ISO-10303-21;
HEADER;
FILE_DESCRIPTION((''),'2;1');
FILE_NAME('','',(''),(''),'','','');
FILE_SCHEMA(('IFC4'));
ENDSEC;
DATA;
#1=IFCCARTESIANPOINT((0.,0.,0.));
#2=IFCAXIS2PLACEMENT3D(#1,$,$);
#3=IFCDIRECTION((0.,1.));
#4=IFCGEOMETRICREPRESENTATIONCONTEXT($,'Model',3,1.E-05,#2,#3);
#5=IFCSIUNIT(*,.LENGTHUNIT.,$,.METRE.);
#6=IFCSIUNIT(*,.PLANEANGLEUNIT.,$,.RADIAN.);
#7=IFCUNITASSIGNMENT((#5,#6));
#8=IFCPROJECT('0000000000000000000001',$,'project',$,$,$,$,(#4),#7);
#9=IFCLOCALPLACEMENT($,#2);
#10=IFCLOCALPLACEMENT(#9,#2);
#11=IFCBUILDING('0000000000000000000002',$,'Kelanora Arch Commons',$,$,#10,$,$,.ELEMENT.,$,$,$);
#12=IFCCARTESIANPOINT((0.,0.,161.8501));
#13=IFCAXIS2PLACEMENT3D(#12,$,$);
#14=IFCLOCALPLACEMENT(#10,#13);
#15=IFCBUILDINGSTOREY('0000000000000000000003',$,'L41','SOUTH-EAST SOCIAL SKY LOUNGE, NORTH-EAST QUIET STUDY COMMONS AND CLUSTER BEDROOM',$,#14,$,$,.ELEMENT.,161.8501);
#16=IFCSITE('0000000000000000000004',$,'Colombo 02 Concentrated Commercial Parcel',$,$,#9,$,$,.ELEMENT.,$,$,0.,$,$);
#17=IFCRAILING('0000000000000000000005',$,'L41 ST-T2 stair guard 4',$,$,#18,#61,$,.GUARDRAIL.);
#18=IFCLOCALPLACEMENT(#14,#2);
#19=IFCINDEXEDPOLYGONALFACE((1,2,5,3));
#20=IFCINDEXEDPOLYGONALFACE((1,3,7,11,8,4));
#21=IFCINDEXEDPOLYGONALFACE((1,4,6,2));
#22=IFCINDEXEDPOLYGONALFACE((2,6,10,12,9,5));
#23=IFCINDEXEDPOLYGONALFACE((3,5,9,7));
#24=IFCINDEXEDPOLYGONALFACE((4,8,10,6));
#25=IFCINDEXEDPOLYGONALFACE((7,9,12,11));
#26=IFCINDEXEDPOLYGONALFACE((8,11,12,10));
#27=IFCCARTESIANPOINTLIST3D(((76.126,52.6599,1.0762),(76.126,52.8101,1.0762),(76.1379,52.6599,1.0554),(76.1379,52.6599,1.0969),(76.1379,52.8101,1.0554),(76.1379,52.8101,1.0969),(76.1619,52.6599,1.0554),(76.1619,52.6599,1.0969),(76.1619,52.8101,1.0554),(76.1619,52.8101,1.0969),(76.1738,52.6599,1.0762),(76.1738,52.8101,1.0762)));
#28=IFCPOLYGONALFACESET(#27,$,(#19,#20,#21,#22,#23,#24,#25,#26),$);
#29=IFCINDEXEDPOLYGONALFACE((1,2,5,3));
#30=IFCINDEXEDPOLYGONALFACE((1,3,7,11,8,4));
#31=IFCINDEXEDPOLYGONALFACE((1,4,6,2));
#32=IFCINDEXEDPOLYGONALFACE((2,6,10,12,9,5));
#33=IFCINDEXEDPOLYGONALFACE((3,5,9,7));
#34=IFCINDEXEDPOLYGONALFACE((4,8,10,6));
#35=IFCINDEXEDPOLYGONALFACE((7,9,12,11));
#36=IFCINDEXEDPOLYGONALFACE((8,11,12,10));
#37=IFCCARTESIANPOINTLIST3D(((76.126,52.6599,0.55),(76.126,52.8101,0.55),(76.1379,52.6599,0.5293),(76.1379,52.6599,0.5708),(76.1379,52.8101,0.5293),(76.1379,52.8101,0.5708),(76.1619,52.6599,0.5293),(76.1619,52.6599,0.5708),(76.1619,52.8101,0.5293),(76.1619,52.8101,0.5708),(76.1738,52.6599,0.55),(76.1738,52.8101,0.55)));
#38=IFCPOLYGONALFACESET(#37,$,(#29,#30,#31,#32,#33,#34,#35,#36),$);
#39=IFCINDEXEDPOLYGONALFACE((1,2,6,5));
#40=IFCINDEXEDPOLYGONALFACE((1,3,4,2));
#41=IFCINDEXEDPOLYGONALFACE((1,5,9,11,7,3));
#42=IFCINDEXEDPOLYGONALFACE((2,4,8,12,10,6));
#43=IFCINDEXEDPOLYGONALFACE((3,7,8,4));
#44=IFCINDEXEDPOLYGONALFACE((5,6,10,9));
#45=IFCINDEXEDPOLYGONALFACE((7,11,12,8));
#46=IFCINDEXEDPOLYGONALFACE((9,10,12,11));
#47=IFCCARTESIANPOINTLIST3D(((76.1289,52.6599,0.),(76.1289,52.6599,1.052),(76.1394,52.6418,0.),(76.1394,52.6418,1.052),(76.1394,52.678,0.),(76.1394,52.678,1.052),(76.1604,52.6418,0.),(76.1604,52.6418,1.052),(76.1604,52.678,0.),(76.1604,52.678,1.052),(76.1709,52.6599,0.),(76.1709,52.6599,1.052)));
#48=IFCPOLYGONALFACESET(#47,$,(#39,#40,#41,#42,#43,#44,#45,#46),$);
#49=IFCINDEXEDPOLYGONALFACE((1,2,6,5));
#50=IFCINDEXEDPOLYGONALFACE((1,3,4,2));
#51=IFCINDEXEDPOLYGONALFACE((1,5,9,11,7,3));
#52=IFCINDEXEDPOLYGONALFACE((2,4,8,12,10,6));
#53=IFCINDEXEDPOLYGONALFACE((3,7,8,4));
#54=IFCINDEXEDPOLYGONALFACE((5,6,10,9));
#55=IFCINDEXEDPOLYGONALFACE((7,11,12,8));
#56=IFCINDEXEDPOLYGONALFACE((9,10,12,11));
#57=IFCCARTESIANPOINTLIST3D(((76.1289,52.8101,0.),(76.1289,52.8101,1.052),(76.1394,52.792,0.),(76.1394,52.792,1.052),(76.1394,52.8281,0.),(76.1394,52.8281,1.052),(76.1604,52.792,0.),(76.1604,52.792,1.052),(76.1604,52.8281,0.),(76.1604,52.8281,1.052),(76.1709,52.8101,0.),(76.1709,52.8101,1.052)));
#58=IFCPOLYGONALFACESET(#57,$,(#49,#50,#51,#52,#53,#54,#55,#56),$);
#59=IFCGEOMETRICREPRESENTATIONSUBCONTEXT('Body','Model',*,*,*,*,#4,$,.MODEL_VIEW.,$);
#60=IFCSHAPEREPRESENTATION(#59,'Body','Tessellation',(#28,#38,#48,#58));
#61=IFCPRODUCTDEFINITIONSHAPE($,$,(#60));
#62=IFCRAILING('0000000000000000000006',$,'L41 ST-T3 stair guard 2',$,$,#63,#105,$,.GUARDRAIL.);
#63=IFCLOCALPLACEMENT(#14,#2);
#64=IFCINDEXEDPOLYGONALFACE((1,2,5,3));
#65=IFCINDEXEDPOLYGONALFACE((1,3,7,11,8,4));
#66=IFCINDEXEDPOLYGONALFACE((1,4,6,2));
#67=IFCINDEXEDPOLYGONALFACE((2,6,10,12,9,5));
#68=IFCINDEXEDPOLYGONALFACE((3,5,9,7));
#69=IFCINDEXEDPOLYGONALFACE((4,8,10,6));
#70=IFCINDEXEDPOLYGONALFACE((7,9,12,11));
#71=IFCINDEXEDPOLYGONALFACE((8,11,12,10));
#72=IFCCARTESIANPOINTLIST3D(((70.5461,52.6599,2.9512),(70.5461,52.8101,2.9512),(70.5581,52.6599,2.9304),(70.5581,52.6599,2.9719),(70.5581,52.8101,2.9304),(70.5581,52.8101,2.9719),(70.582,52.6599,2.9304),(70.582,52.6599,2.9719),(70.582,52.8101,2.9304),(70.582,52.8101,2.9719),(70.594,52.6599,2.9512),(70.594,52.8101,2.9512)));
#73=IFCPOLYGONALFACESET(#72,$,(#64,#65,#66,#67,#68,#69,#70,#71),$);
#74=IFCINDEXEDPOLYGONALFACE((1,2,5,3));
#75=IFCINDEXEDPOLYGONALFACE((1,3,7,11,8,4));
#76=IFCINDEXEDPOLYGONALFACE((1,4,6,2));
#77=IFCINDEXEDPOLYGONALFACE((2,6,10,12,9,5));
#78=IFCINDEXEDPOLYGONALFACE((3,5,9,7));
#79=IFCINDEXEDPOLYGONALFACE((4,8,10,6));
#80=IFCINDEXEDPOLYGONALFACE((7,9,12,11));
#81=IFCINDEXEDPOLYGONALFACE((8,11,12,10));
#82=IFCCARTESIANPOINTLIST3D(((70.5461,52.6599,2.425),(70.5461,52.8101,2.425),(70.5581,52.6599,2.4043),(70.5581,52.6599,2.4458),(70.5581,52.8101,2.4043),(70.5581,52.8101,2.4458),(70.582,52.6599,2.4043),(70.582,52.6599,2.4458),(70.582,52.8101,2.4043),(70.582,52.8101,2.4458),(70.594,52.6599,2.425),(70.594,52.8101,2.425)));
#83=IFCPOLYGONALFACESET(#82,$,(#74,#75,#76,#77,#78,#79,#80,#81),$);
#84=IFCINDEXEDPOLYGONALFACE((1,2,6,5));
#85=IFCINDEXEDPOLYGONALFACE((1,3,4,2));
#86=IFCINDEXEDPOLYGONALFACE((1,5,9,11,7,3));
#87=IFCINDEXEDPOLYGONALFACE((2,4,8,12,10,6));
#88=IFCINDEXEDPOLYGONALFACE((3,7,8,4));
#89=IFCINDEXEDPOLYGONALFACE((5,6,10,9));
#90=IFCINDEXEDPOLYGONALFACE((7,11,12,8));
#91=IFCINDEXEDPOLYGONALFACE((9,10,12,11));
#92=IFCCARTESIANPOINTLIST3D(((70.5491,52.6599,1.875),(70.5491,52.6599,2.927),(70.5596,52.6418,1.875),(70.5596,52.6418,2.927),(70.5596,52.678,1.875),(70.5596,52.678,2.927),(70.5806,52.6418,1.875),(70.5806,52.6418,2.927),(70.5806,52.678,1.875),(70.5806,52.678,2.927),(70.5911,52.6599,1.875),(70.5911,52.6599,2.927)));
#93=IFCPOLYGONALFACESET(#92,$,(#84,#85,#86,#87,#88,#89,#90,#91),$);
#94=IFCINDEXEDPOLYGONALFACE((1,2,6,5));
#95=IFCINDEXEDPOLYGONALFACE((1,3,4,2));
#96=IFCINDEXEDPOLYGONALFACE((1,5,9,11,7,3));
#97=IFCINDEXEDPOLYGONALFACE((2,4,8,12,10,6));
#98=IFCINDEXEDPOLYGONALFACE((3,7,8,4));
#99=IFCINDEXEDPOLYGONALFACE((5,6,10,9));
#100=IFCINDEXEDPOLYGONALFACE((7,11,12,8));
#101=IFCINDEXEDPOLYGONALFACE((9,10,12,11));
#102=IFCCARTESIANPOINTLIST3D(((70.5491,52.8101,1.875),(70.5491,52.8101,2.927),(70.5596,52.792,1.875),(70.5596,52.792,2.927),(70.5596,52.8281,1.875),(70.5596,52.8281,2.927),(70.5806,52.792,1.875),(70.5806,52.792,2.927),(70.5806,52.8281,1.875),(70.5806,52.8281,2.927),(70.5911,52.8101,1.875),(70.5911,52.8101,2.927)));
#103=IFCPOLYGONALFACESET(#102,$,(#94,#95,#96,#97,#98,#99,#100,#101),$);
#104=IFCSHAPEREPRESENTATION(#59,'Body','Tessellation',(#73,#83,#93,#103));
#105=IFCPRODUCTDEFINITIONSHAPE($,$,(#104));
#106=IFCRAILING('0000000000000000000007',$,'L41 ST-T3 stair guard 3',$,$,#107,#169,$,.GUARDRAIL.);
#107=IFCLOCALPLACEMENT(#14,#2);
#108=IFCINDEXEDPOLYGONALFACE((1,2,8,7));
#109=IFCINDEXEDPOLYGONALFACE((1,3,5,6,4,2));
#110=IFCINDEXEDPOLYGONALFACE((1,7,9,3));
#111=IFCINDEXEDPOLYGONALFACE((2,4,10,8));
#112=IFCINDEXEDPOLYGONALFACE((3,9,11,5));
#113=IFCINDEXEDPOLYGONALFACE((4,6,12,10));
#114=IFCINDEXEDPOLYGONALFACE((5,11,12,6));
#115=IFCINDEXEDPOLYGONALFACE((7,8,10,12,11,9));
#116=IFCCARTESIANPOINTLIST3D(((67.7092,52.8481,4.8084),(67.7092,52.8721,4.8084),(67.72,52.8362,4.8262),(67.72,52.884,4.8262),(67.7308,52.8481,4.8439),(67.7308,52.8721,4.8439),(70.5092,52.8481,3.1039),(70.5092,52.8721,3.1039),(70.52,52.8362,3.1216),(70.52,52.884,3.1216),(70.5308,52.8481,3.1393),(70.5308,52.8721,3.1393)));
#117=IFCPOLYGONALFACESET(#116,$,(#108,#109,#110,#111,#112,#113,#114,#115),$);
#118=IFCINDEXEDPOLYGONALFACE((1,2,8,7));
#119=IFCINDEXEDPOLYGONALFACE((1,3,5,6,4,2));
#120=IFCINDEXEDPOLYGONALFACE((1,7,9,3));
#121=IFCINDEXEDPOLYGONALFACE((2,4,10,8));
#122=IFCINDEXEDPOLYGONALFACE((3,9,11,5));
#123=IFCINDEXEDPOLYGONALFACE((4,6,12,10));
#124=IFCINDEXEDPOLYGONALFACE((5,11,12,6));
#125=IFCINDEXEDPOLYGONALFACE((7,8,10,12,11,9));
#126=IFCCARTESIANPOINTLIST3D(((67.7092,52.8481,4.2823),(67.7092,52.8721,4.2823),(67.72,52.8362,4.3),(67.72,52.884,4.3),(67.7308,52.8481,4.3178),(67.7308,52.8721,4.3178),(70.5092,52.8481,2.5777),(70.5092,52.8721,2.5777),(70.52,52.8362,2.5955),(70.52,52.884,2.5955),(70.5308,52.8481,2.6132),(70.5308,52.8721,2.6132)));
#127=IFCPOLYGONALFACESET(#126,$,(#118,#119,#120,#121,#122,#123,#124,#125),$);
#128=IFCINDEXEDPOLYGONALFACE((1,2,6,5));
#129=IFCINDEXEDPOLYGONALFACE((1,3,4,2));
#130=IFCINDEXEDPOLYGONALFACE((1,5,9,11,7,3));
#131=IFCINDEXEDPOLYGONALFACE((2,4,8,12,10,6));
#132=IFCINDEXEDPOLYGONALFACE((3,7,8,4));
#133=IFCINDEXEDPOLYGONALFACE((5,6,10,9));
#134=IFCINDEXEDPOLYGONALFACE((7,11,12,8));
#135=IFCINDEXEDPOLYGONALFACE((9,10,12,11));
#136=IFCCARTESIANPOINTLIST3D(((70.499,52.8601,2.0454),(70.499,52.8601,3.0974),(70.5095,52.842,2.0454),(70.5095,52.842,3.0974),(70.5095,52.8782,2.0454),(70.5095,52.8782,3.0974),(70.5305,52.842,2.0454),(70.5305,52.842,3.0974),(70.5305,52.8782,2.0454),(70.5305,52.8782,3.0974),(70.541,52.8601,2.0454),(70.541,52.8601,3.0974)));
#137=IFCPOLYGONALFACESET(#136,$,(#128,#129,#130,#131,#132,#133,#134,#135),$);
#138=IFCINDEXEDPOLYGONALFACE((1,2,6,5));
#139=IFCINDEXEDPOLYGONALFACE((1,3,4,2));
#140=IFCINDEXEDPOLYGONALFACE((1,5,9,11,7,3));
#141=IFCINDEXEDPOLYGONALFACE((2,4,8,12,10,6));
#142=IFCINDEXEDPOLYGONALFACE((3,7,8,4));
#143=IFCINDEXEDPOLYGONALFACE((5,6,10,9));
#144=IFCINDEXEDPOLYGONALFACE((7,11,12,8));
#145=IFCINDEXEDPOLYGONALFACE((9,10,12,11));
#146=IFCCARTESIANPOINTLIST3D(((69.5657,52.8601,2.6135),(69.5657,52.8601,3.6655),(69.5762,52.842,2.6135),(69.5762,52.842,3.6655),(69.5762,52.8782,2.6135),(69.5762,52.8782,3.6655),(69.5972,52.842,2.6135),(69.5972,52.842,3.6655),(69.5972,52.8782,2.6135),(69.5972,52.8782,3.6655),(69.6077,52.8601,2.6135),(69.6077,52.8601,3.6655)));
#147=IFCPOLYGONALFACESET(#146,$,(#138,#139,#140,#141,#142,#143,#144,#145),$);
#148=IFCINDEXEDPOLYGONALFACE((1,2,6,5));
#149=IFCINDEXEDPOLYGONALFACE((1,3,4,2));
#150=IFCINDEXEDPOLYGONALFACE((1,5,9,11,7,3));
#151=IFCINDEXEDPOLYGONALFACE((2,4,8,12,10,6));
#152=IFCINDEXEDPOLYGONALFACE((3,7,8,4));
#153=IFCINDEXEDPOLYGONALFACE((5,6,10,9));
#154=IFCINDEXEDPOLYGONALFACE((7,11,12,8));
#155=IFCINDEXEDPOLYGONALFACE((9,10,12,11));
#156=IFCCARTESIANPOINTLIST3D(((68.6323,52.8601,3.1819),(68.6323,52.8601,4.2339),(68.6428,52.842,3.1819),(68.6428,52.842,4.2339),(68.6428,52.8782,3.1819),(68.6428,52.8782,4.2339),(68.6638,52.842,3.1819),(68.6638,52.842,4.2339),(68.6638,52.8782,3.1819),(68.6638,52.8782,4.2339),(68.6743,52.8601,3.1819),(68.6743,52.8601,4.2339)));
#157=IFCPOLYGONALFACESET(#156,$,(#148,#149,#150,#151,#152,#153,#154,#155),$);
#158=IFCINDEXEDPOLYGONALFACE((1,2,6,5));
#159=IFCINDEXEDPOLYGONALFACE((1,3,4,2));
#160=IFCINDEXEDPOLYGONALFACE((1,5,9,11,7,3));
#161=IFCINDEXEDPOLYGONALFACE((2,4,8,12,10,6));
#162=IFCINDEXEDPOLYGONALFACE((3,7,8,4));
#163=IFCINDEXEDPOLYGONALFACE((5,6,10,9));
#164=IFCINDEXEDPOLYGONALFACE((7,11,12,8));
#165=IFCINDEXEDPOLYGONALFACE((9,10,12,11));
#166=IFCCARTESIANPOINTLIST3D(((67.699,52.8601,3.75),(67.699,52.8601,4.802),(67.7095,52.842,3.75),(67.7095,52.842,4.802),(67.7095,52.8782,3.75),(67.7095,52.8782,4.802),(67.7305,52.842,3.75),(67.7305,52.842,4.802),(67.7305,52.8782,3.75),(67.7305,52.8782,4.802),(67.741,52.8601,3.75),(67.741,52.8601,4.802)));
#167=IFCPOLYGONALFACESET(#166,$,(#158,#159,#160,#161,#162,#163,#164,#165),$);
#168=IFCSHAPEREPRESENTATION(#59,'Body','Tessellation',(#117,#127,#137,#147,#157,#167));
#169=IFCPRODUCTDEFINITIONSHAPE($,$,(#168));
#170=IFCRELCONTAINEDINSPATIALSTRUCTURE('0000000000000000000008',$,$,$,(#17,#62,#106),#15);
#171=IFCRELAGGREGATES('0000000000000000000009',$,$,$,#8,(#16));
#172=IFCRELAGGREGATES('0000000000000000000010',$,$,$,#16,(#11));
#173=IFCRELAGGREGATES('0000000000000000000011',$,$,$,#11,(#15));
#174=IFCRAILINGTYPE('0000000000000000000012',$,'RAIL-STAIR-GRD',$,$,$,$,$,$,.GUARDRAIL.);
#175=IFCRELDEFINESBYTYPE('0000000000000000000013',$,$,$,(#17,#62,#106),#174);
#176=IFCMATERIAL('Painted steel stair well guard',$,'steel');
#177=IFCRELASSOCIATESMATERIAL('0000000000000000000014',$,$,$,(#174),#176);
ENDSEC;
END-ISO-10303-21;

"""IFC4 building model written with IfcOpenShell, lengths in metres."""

from ifc_helpers import new_model, si_unit, direction, frame, origin, place, context, subcontext, project, spatial, polyline, outline, extrude, material, type_object, element, save


model = new_model("IFC4")

# Units and contexts
model_context = context("Model", 3, precision=1e-05, world=origin(), true_north=direction((0.0, 1.0)))
body_context = subcontext(model_context, "Body", "Model", "MODEL_VIEW")
ifc_project = project(units=[si_unit("LENGTHUNIT", "METRE"), si_unit("PLANEANGLEUNIT", "RADIAN")], contexts=[model_context])

# Site, building, storey
site_placement = place(None, origin())
site = spatial("IfcSite", under=ifc_project, at=site_placement, Name="Colombo 02 Concentrated Commercial Parcel", CompositionType="ELEMENT", RefElevation=0.0)
building_placement = place(site_placement, origin())
building = spatial("IfcBuilding", under=site, at=building_placement, Name="Kelanora Arch Commons", CompositionType="ELEMENT")
storey_placement = place(building_placement, frame((0.0, 0.0, 161.8501)))
storey = spatial("IfcBuildingStorey", under=building, at=storey_placement, Name="L41", Description="SOUTH-EAST SOCIAL SKY LOUNGE, NORTH-EAST QUIET STUDY COMMONS AND CLUSTER BEDROOM", CompositionType="ELEMENT", Elevation=161.8501)

# Railings
ifc_material_1 = material(Name="Painted steel stair well guard", Category="steel")
railing_type_1 = type_object("IfcRailingType", Name="RAIL-STAIR-GRD", PredefinedType="GUARDRAIL", material=ifc_material_1)
for number, where, name in (
    (1, (76.1499, 52.6599, 0.0), "L41 ST-T2 stair guard 4"),
    (2, (70.5701, 52.6599, 1.875), "L41 ST-T3 stair guard 2"),
):
    element("IfcRailing", number, at=place(storey_placement, frame(where)), inside=storey, type_object=railing_type_1, Name=name, PredefinedType="GUARDRAIL", context=body_context, shape_type="SweptSolid", body=[
        extrude(outline(polyline([(0.0239, 0.0), (0.012, 0.0208), (-0.012, 0.0208), (-0.0239, 0.0), (-0.012, -0.0208), (0.012, -0.0208), (0.0239, 0.0)])), frame((0.0, 0.0, 1.0762), z_axis=(0.0, 1.0, 0.0), x_axis=(-1.0, 0.0, 0.0)), (0.0, 0.0, 1.0), 0.1501),
        extrude(outline(polyline([(0.0239, 0.0), (0.012, 0.0208), (-0.012, 0.0208), (-0.0239, 0.0), (-0.012, -0.0208), (0.012, -0.0208), (0.0239, 0.0)])), frame((0.0, 0.0, 0.55), z_axis=(0.0, 1.0, 0.0), x_axis=(-1.0, 0.0, 0.0)), (0.0, 0.0, 1.0), 0.1501),
        extrude(outline(polyline([(0.021, 0.0), (0.0105, 0.0181), (-0.0105, 0.0181), (-0.021, 0.0), (-0.0105, -0.0181), (0.0105, -0.0181), (0.021, 0.0)])), origin(), (0.0, 0.0, 1.0), 1.052),
        extrude(outline(polyline([(0.021, 0.0), (0.0105, 0.0181), (-0.0105, 0.0181), (-0.021, 0.0), (-0.0105, -0.0181), (0.0105, -0.0181), (0.021, 0.0)])), frame((0.0, 0.1501, 0.0)), (0.0, 0.0, 1.0), 1.052),
    ])
railing_1_placement = place(storey_placement, frame((70.52, 52.8601, 2.0454)))
element("IfcRailing", 3, at=railing_1_placement, inside=storey, type_object=railing_type_1, Name="L41 ST-T3 stair guard 3", PredefinedType="GUARDRAIL", context=body_context, shape_type="SweptSolid", body=[
    extrude(outline(polyline([(0.0239, 0.0), (0.012, 0.0208), (-0.012, 0.0208), (-0.0239, 0.0), (-0.012, -0.0208), (0.012, -0.0208), (0.0239, 0.0)])), frame((0.0, 0.0, 1.0762), z_axis=(-0.85417, 0.0, 0.519994), x_axis=(0.0, -1.0, 0.0)), (0.0, 0.0, 1.0), 3.2781),
    extrude(outline(polyline([(0.0239, 0.0), (0.012, 0.0208), (-0.012, 0.0208), (-0.0239, 0.0), (-0.012, -0.0208), (0.012, -0.0208), (0.0239, 0.0)])), frame((0.0, 0.0, 0.55), z_axis=(-0.85417, 0.0, 0.519994), x_axis=(0.0, -1.0, 0.0)), (0.0, 0.0, 1.0), 3.2781),
    extrude(outline(polyline([(0.021, 0.0), (0.0105, 0.0181), (-0.0105, 0.0181), (-0.021, 0.0), (-0.0105, -0.0181), (0.0105, -0.0181), (0.021, 0.0)])), origin(), (0.0, 0.0, 1.0), 1.052),
    extrude(outline(polyline([(0.021, 0.0), (0.0105, 0.0181), (-0.0105, 0.0181), (-0.021, 0.0), (-0.0105, -0.0181), (0.0105, -0.0181), (0.021, 0.0)])), frame((-0.9333, 0.0, 0.5681)), (0.0, 0.0, 1.0), 1.052),
    extrude(outline(polyline([(0.021, 0.0), (0.0105, 0.0181), (-0.0105, 0.0181), (-0.021, 0.0), (-0.0105, -0.0181), (0.0105, -0.0181), (0.021, 0.0)])), frame((-1.8667, 0.0, 1.1365)), (0.0, 0.0, 1.0), 1.052),
    extrude(outline(polyline([(0.021, 0.0), (0.0105, 0.0181), (-0.0105, 0.0181), (-0.021, 0.0), (-0.0105, -0.0181), (0.0105, -0.0181), (0.021, 0.0)])), frame((-2.8, 0.0, 1.7046)), (0.0, 0.0, 1.0), 1.052),
])

save(model, "model.ifc")
